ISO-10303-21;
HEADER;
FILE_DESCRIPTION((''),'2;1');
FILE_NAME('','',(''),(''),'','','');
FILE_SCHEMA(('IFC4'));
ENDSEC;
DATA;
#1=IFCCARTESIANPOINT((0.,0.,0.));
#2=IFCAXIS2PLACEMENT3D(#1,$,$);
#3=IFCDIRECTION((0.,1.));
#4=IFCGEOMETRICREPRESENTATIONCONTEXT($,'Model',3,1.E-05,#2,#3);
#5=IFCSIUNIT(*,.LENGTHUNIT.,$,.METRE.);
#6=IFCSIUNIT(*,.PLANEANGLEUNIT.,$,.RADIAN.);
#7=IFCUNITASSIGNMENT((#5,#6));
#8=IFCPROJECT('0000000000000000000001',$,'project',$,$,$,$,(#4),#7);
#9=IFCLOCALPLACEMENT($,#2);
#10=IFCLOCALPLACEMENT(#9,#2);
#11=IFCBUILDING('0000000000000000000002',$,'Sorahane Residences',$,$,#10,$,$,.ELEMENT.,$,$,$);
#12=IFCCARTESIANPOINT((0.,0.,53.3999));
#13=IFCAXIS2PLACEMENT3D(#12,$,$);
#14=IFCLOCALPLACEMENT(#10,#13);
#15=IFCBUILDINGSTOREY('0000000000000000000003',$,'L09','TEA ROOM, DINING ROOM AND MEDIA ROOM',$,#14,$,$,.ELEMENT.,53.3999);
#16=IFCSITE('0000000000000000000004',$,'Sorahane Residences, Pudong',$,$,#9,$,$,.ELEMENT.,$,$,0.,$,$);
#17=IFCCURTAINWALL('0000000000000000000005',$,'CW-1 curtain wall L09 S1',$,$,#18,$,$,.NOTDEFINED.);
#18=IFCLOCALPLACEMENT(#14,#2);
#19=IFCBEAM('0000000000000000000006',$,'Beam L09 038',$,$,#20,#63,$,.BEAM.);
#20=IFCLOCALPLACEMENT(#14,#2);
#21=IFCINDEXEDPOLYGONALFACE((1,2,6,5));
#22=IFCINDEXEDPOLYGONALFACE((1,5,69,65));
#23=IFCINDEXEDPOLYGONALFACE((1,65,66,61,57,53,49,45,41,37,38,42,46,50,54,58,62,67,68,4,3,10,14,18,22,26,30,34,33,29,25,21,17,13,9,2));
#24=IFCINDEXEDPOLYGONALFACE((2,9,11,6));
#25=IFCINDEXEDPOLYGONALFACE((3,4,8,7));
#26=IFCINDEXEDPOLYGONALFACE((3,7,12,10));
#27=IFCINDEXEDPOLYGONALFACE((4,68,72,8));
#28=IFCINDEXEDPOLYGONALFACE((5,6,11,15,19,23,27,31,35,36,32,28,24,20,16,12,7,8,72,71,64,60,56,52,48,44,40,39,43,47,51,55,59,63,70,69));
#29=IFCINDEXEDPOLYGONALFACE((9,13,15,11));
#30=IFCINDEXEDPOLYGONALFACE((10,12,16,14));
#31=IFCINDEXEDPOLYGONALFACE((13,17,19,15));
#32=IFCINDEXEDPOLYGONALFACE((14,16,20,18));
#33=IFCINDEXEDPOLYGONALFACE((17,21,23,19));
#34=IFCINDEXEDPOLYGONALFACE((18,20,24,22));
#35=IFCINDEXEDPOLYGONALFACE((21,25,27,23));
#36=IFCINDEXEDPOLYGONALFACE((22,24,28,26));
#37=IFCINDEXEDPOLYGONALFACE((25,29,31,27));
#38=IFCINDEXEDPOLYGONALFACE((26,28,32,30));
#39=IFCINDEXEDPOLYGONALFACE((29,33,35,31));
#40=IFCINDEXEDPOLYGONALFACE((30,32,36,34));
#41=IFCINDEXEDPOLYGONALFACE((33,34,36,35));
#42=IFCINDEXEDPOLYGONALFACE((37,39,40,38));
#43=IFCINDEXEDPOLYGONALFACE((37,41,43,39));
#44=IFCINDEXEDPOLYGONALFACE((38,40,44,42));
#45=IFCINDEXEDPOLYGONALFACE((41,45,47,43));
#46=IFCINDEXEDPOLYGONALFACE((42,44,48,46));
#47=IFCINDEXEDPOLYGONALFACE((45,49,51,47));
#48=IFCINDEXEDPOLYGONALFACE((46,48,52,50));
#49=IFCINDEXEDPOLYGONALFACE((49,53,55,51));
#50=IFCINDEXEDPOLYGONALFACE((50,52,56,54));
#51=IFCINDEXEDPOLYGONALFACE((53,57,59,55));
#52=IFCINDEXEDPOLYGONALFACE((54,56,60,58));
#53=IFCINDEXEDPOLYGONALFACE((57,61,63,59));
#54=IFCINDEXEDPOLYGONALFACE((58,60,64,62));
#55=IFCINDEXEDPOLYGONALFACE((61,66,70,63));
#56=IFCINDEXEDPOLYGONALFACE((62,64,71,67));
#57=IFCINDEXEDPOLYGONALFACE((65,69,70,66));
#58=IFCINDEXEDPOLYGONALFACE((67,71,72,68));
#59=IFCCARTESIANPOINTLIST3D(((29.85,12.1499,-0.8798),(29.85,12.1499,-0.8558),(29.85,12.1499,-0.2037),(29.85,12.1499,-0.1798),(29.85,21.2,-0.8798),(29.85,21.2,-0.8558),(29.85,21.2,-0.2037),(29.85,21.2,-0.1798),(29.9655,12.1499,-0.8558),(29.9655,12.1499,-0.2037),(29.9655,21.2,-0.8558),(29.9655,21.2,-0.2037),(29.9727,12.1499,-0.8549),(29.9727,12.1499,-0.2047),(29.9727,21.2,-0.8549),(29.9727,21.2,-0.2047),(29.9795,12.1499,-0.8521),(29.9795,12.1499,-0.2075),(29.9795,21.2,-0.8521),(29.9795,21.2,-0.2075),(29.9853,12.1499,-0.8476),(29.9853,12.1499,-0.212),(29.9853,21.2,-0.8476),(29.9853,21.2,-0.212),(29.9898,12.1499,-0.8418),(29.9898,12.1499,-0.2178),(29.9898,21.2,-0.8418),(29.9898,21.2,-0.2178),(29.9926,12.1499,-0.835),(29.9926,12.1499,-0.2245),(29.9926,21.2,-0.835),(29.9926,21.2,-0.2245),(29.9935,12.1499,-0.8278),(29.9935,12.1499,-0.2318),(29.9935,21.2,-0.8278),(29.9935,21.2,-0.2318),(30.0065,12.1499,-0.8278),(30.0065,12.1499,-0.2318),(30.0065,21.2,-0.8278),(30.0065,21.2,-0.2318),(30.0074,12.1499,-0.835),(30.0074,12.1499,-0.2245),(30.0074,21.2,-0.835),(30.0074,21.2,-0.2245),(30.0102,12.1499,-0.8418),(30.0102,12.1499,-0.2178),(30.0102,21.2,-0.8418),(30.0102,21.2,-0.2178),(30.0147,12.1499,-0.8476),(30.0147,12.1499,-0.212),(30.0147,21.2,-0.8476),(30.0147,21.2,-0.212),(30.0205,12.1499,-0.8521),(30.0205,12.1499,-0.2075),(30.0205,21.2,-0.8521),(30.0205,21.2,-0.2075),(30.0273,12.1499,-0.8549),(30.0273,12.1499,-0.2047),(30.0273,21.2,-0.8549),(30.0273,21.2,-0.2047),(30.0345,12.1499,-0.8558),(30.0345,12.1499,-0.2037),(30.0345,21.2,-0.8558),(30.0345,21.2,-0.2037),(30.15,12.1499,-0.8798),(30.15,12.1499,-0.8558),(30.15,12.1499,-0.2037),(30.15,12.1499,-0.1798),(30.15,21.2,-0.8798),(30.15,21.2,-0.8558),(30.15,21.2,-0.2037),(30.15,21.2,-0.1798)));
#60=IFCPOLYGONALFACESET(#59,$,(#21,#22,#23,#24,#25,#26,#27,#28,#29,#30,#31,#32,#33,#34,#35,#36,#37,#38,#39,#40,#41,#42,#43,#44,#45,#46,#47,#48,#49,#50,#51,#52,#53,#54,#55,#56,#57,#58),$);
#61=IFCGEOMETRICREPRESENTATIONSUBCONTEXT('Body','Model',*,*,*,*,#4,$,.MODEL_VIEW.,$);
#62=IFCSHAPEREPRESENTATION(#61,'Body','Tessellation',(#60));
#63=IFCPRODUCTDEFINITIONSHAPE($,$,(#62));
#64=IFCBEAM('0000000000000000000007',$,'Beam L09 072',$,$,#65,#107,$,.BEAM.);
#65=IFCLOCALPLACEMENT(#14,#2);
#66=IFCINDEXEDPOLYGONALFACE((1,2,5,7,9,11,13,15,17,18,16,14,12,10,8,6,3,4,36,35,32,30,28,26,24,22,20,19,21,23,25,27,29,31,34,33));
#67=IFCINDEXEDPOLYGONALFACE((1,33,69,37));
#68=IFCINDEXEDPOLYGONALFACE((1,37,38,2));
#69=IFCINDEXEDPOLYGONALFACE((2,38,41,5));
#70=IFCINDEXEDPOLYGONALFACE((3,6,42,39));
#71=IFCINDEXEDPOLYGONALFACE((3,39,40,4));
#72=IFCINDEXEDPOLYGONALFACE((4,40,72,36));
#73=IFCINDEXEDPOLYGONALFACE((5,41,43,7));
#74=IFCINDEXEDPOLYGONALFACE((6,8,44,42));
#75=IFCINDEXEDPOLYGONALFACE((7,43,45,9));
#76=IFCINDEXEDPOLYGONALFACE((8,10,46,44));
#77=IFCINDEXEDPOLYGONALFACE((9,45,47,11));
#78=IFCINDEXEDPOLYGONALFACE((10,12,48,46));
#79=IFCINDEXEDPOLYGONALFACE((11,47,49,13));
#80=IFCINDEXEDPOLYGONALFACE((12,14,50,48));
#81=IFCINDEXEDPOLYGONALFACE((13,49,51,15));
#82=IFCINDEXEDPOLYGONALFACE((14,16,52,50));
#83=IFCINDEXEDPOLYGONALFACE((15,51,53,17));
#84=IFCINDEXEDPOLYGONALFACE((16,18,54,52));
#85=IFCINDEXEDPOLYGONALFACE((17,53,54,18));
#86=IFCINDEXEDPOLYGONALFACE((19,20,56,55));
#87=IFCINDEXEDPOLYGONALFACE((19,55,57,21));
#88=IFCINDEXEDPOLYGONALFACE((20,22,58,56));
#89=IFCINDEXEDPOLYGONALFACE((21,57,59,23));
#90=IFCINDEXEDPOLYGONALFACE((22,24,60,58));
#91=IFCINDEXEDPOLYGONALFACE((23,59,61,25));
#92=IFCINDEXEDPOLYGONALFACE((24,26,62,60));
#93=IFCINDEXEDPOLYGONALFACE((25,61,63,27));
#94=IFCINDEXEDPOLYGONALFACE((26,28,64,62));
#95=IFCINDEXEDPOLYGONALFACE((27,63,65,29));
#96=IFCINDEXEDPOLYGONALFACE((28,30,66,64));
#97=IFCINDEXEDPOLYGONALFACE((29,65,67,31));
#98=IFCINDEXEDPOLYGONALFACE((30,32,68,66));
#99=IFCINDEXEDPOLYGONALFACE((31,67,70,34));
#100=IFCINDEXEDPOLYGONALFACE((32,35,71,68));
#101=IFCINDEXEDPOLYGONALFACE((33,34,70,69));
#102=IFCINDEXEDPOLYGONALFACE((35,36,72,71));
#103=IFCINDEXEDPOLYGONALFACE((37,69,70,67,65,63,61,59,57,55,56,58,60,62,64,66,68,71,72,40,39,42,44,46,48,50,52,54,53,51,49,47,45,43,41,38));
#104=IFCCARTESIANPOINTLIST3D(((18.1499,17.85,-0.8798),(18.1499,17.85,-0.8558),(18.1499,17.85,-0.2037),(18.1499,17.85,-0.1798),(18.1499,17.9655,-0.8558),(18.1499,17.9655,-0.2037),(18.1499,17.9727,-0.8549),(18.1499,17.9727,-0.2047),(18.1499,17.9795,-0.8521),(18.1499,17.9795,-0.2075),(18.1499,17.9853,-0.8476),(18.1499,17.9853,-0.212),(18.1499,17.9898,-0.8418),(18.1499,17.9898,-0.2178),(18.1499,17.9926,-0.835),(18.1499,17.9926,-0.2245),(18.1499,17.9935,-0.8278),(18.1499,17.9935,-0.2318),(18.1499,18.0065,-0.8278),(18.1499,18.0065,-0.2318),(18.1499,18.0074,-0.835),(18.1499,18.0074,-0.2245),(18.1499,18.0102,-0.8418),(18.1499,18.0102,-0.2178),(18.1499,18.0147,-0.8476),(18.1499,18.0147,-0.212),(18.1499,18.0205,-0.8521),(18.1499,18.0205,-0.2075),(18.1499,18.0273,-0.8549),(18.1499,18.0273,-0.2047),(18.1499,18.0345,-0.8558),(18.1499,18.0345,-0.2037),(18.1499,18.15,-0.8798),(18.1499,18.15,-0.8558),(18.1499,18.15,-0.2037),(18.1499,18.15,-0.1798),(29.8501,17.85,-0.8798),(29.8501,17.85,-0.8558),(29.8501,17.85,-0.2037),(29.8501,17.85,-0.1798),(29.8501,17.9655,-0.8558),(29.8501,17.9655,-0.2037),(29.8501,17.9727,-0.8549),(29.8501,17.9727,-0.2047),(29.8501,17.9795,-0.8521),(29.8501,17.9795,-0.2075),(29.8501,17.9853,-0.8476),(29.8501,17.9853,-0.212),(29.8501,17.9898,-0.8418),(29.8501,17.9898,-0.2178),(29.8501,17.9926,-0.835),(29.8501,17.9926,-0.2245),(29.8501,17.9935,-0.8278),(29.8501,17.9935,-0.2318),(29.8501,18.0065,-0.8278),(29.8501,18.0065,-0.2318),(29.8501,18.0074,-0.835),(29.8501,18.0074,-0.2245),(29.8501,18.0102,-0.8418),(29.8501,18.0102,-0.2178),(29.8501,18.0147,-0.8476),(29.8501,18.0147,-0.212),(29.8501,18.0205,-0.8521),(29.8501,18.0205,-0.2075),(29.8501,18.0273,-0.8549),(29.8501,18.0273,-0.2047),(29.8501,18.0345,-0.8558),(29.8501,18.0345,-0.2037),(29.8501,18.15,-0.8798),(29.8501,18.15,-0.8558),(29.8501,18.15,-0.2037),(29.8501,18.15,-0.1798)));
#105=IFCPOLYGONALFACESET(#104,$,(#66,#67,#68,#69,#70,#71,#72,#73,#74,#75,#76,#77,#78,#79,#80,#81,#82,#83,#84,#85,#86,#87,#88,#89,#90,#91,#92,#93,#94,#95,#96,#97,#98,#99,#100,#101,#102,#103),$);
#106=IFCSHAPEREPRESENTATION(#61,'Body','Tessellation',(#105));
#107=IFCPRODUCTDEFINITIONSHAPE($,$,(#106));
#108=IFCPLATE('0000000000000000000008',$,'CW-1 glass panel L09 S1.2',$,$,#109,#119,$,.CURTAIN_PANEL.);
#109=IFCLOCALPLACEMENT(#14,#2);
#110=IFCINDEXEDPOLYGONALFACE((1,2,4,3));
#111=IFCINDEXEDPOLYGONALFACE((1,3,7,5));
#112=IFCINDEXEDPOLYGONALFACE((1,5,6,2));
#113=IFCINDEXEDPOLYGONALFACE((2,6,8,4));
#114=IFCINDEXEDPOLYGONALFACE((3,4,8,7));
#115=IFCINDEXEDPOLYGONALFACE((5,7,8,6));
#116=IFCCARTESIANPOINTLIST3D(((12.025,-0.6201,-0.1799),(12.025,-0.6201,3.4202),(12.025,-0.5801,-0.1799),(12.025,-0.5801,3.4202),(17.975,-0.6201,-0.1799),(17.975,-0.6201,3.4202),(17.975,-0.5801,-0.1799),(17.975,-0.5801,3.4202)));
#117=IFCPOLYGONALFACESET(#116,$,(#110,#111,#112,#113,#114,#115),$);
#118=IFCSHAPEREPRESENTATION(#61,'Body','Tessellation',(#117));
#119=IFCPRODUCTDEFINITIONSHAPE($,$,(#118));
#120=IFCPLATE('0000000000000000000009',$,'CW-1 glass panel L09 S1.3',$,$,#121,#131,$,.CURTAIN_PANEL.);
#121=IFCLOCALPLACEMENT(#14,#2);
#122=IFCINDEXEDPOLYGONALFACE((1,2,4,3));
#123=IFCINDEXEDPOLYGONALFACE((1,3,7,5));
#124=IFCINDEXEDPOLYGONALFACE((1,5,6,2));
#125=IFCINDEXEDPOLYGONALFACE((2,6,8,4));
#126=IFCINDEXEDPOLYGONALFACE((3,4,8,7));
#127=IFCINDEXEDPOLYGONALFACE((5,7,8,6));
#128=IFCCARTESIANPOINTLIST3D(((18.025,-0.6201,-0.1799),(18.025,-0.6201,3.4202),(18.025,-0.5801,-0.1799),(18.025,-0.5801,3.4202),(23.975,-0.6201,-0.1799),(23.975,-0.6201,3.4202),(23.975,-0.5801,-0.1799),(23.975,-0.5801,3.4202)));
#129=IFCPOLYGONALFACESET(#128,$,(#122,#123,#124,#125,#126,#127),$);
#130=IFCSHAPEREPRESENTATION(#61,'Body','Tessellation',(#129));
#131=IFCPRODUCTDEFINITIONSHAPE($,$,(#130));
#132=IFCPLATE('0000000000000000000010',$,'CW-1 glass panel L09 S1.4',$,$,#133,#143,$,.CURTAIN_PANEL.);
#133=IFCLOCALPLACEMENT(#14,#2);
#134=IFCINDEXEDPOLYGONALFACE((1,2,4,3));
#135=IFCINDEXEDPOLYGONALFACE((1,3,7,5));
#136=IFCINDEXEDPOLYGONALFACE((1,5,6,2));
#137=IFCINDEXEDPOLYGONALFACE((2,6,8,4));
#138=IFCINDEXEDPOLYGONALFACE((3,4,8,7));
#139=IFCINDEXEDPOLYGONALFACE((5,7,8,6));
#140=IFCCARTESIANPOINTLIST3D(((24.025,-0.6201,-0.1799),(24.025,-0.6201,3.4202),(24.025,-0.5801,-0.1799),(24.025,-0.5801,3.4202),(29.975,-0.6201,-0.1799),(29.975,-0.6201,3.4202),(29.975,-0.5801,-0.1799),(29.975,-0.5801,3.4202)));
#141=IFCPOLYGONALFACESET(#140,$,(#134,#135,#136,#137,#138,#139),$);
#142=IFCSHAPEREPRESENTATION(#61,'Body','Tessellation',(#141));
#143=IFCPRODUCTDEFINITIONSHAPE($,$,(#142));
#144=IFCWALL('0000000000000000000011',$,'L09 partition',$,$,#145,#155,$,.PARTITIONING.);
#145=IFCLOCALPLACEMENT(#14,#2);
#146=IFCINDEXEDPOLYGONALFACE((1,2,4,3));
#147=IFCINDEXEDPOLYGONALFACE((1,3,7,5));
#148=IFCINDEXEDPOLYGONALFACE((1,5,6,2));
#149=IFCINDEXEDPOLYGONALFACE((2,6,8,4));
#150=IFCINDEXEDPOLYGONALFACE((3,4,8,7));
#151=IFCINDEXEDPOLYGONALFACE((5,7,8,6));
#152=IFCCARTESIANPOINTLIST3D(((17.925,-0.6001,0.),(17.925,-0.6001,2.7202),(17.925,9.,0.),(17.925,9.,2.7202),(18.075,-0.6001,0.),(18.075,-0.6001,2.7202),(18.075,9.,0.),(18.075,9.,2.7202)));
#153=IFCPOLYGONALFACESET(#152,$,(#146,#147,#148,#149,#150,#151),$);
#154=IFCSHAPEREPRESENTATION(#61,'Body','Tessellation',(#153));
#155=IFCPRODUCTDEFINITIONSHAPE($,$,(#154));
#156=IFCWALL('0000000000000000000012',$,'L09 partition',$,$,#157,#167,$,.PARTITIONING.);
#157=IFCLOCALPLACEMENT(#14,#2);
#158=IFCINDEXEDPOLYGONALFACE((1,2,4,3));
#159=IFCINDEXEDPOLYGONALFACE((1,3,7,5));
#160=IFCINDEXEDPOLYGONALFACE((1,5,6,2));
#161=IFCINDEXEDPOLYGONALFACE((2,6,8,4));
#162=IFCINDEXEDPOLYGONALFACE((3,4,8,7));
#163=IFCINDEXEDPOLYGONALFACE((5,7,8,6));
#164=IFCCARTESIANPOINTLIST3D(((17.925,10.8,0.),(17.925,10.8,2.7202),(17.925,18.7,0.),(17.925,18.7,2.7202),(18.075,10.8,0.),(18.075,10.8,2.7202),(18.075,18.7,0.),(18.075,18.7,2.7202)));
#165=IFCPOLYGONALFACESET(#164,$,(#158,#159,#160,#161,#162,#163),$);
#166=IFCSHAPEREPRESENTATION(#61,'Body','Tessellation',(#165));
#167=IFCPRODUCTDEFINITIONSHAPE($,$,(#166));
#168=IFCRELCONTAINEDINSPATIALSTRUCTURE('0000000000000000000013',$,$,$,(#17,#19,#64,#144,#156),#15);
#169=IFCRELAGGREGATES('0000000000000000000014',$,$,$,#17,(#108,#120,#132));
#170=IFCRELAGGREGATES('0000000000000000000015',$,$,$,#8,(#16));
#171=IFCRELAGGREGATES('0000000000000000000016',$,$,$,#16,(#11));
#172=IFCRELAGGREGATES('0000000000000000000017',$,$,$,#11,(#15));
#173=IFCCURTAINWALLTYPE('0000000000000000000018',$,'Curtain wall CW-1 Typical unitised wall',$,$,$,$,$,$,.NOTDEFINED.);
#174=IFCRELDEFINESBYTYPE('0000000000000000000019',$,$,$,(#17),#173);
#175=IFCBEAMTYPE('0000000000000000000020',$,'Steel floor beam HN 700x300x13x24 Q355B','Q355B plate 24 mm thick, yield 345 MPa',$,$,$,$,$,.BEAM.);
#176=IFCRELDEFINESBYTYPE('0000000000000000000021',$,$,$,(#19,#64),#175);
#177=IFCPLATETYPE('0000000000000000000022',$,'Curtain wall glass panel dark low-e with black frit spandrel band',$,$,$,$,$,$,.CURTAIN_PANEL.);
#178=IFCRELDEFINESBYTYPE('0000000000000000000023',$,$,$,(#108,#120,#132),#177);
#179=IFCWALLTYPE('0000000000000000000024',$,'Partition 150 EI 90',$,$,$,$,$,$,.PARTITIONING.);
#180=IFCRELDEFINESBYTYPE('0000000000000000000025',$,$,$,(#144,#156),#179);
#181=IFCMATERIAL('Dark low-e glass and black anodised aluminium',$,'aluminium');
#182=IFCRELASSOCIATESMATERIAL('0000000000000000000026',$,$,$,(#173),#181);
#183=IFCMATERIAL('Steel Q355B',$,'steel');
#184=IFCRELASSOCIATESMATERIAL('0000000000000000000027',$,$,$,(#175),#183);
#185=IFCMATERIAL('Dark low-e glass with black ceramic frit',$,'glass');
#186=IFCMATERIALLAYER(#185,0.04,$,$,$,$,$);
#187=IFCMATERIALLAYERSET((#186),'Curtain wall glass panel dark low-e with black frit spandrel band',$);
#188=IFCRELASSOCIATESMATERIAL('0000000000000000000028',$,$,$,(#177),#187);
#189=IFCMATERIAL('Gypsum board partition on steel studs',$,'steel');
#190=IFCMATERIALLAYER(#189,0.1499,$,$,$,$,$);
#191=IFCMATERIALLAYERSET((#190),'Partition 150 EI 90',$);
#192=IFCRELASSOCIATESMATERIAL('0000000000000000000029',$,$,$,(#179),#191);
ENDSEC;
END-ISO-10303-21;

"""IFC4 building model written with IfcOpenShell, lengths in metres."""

from ifc_helpers import new_model, si_unit, direction, frame, frame_2d, origin, origin_2d, place, context, subcontext, project, spatial, rectangle, i_section, extrude, material, layer, layer_set, material_profile, profile_set, type_object, element, aggregate, save


model = new_model("IFC4")

# Units and contexts
model_context = context("Model", 3, precision=1e-05, world=origin(), true_north=direction((0.0, 1.0)))
body_context = subcontext(model_context, "Body", "Model", "MODEL_VIEW")
ifc_project = project(units=[si_unit("LENGTHUNIT", "METRE"), si_unit("PLANEANGLEUNIT", "RADIAN")], contexts=[model_context])

# Site, building, storey
site_placement = place(None, origin())
site = spatial("IfcSite", under=ifc_project, at=site_placement, Name="Sorahane Residences, Pudong", CompositionType="ELEMENT", RefElevation=0.0)
building_placement = place(site_placement, origin())
building = spatial("IfcBuilding", under=site, at=building_placement, Name="Sorahane Residences", CompositionType="ELEMENT")
storey_placement = place(building_placement, frame((0.0, 0.0, 53.3999)))
storey = spatial("IfcBuildingStorey", under=building, at=storey_placement, Name="L09", Description="TEA ROOM, DINING ROOM AND MEDIA ROOM", CompositionType="ELEMENT", Elevation=53.3999)

# Curtain wall
ifc_material_1 = material(Name="Dark low-e glass and black anodised aluminium", Category="aluminium")
curtain_wall_type = type_object("IfcCurtainWallType", Name="Curtain wall CW-1 Typical unitised wall", PredefinedType="NOTDEFINED", material=ifc_material_1)
curtain_wall_placement = place(storey_placement, origin())
curtain_wall = element("IfcCurtainWall", 1, at=curtain_wall_placement, inside=storey, type_object=curtain_wall_type, Name="CW-1 curtain wall L09 S1", PredefinedType="NOTDEFINED")

# Beams
ifc_material_2 = material(Name="Steel Q355B", Category="steel")
ifc_material_profile_1 = material_profile(ifc_material_2, i_section(OverallWidth=0.3, OverallDepth=0.7, WebThickness=0.0129, FlangeThickness=0.0239, FilletRadius=0.0281, at=origin_2d()), Name="HN 700x300x13x24")
ifc_profile_set_1 = profile_set([ifc_material_profile_1], Name="Steel Q355B")
beam_type_1 = type_object("IfcBeamType", Name="Steel floor beam HN 700x300x13x24 Q355B", Description="Q355B plate 24 mm thick, yield 345 MPa", PredefinedType="BEAM", material=ifc_profile_set_1)
beam_1_placement = place(storey_placement, frame((30.0, 12.1499, -0.5298), z_axis=(0.0, 1.0, 0.0), x_axis=(-1.0, 0.0, 0.0)))
element("IfcBeam", 2, at=beam_1_placement, inside=storey, type_object=beam_type_1, Name="Beam L09 038", PredefinedType="BEAM", context=body_context, shape_type="SweptSolid", body=[
    extrude(i_section(OverallWidth=0.3, OverallDepth=0.7, WebThickness=0.0129, FlangeThickness=0.0239, FilletRadius=0.0281, at=origin_2d()), origin(), (0.0, 0.0, 1.0), 9.05),
])
beam_2_placement = place(storey_placement, frame((18.1499, 18.0, -0.5298), z_axis=(1.0, 0.0, 0.0), x_axis=(0.0, 1.0, 0.0)))
element("IfcBeam", 3, at=beam_2_placement, inside=storey, type_object=beam_type_1, Name="Beam L09 072", PredefinedType="BEAM", context=body_context, shape_type="SweptSolid", body=[
    extrude(i_section(OverallWidth=0.3, OverallDepth=0.7, WebThickness=0.0129, FlangeThickness=0.0239, FilletRadius=0.0281, at=origin_2d()), origin(), (0.0, 0.0, 1.0), 11.7002),
])

# Plates
ifc_material_3 = material(Name="Dark low-e glass with black ceramic frit", Category="glass")
ifc_layer_1 = layer(ifc_material_3, 0.04)
ifc_layer_set_1 = layer_set([ifc_layer_1], Name="Curtain wall glass panel dark low-e with black frit spandrel band")
plate_type = type_object("IfcPlateType", Name="Curtain wall glass panel dark low-e with black frit spandrel band", PredefinedType="CURTAIN_PANEL", material=ifc_layer_set_1)
plate_1_placement = place(storey_placement, frame((15.0, -0.6001, -0.1799), z_axis=(0.0, 0.0, 1.0), x_axis=(1.0, 0.0, 0.0)))
plate_1 = element("IfcPlate", 4, at=plate_1_placement, type_object=plate_type, Name="CW-1 glass panel L09 S1.2", PredefinedType="CURTAIN_PANEL", context=body_context, shape_type="SweptSolid", body=[
    extrude(rectangle(XDim=5.95, YDim=0.04, at=origin_2d()), origin(), (0.0, 0.0, 1.0), 3.6001),
])
plate_2_placement = place(storey_placement, frame((21.0, -0.6001, -0.1799), z_axis=(0.0, 0.0, 1.0), x_axis=(1.0, 0.0, 0.0)))
plate_2 = element("IfcPlate", 5, at=plate_2_placement, type_object=plate_type, Name="CW-1 glass panel L09 S1.3", PredefinedType="CURTAIN_PANEL", context=body_context, shape_type="SweptSolid", body=[
    extrude(rectangle(XDim=5.95, YDim=0.04, at=origin_2d()), origin(), (0.0, 0.0, 1.0), 3.6001),
])
plate_3_placement = place(storey_placement, frame((27.0, -0.6001, -0.1799), z_axis=(0.0, 0.0, 1.0), x_axis=(1.0, 0.0, 0.0)))
plate_3 = element("IfcPlate", 6, at=plate_3_placement, type_object=plate_type, Name="CW-1 glass panel L09 S1.4", PredefinedType="CURTAIN_PANEL", context=body_context, shape_type="SweptSolid", body=[
    extrude(rectangle(XDim=5.95, YDim=0.04, at=origin_2d()), origin(), (0.0, 0.0, 1.0), 3.6001),
])
aggregate(curtain_wall, [plate_1, plate_2, plate_3])

# Walls
ifc_material_4 = material(Name="Gypsum board partition on steel studs", Category="steel")
ifc_layer_2 = layer(ifc_material_4, 0.1499)
ifc_layer_set_2 = layer_set([ifc_layer_2], Name="Partition 150 EI 90")
wall_type_1 = type_object("IfcWallType", Name="Partition 150 EI 90", PredefinedType="PARTITIONING", material=ifc_layer_set_2)
wall_1_placement = place(storey_placement, frame((18.0, -0.6001, 0.0), z_axis=(0.0, 0.0, 1.0), x_axis=(0.0, 1.0, 0.0)))
element("IfcWall", 7, at=wall_1_placement, inside=storey, type_object=wall_type_1, Name="L09 partition", PredefinedType="PARTITIONING", context=body_context, shape_type="SweptSolid", body=[
    extrude(rectangle(XDim=9.6001, YDim=0.1499, at=frame_2d((4.8, 0.0))), origin(), (0.0, 0.0, 1.0), 2.7202),
])
wall_2_placement = place(storey_placement, frame((18.0, 10.8, 0.0), z_axis=(0.0, 0.0, 1.0), x_axis=(0.0, 1.0, 0.0)))
element("IfcWall", 8, at=wall_2_placement, inside=storey, type_object=wall_type_1, Name="L09 partition", PredefinedType="PARTITIONING", context=body_context, shape_type="SweptSolid", body=[
    extrude(rectangle(XDim=7.8999, YDim=0.1499, at=frame_2d((3.95, 0.0))), origin(), (0.0, 0.0, 1.0), 2.7202),
])

save(model, "model.ifc")
